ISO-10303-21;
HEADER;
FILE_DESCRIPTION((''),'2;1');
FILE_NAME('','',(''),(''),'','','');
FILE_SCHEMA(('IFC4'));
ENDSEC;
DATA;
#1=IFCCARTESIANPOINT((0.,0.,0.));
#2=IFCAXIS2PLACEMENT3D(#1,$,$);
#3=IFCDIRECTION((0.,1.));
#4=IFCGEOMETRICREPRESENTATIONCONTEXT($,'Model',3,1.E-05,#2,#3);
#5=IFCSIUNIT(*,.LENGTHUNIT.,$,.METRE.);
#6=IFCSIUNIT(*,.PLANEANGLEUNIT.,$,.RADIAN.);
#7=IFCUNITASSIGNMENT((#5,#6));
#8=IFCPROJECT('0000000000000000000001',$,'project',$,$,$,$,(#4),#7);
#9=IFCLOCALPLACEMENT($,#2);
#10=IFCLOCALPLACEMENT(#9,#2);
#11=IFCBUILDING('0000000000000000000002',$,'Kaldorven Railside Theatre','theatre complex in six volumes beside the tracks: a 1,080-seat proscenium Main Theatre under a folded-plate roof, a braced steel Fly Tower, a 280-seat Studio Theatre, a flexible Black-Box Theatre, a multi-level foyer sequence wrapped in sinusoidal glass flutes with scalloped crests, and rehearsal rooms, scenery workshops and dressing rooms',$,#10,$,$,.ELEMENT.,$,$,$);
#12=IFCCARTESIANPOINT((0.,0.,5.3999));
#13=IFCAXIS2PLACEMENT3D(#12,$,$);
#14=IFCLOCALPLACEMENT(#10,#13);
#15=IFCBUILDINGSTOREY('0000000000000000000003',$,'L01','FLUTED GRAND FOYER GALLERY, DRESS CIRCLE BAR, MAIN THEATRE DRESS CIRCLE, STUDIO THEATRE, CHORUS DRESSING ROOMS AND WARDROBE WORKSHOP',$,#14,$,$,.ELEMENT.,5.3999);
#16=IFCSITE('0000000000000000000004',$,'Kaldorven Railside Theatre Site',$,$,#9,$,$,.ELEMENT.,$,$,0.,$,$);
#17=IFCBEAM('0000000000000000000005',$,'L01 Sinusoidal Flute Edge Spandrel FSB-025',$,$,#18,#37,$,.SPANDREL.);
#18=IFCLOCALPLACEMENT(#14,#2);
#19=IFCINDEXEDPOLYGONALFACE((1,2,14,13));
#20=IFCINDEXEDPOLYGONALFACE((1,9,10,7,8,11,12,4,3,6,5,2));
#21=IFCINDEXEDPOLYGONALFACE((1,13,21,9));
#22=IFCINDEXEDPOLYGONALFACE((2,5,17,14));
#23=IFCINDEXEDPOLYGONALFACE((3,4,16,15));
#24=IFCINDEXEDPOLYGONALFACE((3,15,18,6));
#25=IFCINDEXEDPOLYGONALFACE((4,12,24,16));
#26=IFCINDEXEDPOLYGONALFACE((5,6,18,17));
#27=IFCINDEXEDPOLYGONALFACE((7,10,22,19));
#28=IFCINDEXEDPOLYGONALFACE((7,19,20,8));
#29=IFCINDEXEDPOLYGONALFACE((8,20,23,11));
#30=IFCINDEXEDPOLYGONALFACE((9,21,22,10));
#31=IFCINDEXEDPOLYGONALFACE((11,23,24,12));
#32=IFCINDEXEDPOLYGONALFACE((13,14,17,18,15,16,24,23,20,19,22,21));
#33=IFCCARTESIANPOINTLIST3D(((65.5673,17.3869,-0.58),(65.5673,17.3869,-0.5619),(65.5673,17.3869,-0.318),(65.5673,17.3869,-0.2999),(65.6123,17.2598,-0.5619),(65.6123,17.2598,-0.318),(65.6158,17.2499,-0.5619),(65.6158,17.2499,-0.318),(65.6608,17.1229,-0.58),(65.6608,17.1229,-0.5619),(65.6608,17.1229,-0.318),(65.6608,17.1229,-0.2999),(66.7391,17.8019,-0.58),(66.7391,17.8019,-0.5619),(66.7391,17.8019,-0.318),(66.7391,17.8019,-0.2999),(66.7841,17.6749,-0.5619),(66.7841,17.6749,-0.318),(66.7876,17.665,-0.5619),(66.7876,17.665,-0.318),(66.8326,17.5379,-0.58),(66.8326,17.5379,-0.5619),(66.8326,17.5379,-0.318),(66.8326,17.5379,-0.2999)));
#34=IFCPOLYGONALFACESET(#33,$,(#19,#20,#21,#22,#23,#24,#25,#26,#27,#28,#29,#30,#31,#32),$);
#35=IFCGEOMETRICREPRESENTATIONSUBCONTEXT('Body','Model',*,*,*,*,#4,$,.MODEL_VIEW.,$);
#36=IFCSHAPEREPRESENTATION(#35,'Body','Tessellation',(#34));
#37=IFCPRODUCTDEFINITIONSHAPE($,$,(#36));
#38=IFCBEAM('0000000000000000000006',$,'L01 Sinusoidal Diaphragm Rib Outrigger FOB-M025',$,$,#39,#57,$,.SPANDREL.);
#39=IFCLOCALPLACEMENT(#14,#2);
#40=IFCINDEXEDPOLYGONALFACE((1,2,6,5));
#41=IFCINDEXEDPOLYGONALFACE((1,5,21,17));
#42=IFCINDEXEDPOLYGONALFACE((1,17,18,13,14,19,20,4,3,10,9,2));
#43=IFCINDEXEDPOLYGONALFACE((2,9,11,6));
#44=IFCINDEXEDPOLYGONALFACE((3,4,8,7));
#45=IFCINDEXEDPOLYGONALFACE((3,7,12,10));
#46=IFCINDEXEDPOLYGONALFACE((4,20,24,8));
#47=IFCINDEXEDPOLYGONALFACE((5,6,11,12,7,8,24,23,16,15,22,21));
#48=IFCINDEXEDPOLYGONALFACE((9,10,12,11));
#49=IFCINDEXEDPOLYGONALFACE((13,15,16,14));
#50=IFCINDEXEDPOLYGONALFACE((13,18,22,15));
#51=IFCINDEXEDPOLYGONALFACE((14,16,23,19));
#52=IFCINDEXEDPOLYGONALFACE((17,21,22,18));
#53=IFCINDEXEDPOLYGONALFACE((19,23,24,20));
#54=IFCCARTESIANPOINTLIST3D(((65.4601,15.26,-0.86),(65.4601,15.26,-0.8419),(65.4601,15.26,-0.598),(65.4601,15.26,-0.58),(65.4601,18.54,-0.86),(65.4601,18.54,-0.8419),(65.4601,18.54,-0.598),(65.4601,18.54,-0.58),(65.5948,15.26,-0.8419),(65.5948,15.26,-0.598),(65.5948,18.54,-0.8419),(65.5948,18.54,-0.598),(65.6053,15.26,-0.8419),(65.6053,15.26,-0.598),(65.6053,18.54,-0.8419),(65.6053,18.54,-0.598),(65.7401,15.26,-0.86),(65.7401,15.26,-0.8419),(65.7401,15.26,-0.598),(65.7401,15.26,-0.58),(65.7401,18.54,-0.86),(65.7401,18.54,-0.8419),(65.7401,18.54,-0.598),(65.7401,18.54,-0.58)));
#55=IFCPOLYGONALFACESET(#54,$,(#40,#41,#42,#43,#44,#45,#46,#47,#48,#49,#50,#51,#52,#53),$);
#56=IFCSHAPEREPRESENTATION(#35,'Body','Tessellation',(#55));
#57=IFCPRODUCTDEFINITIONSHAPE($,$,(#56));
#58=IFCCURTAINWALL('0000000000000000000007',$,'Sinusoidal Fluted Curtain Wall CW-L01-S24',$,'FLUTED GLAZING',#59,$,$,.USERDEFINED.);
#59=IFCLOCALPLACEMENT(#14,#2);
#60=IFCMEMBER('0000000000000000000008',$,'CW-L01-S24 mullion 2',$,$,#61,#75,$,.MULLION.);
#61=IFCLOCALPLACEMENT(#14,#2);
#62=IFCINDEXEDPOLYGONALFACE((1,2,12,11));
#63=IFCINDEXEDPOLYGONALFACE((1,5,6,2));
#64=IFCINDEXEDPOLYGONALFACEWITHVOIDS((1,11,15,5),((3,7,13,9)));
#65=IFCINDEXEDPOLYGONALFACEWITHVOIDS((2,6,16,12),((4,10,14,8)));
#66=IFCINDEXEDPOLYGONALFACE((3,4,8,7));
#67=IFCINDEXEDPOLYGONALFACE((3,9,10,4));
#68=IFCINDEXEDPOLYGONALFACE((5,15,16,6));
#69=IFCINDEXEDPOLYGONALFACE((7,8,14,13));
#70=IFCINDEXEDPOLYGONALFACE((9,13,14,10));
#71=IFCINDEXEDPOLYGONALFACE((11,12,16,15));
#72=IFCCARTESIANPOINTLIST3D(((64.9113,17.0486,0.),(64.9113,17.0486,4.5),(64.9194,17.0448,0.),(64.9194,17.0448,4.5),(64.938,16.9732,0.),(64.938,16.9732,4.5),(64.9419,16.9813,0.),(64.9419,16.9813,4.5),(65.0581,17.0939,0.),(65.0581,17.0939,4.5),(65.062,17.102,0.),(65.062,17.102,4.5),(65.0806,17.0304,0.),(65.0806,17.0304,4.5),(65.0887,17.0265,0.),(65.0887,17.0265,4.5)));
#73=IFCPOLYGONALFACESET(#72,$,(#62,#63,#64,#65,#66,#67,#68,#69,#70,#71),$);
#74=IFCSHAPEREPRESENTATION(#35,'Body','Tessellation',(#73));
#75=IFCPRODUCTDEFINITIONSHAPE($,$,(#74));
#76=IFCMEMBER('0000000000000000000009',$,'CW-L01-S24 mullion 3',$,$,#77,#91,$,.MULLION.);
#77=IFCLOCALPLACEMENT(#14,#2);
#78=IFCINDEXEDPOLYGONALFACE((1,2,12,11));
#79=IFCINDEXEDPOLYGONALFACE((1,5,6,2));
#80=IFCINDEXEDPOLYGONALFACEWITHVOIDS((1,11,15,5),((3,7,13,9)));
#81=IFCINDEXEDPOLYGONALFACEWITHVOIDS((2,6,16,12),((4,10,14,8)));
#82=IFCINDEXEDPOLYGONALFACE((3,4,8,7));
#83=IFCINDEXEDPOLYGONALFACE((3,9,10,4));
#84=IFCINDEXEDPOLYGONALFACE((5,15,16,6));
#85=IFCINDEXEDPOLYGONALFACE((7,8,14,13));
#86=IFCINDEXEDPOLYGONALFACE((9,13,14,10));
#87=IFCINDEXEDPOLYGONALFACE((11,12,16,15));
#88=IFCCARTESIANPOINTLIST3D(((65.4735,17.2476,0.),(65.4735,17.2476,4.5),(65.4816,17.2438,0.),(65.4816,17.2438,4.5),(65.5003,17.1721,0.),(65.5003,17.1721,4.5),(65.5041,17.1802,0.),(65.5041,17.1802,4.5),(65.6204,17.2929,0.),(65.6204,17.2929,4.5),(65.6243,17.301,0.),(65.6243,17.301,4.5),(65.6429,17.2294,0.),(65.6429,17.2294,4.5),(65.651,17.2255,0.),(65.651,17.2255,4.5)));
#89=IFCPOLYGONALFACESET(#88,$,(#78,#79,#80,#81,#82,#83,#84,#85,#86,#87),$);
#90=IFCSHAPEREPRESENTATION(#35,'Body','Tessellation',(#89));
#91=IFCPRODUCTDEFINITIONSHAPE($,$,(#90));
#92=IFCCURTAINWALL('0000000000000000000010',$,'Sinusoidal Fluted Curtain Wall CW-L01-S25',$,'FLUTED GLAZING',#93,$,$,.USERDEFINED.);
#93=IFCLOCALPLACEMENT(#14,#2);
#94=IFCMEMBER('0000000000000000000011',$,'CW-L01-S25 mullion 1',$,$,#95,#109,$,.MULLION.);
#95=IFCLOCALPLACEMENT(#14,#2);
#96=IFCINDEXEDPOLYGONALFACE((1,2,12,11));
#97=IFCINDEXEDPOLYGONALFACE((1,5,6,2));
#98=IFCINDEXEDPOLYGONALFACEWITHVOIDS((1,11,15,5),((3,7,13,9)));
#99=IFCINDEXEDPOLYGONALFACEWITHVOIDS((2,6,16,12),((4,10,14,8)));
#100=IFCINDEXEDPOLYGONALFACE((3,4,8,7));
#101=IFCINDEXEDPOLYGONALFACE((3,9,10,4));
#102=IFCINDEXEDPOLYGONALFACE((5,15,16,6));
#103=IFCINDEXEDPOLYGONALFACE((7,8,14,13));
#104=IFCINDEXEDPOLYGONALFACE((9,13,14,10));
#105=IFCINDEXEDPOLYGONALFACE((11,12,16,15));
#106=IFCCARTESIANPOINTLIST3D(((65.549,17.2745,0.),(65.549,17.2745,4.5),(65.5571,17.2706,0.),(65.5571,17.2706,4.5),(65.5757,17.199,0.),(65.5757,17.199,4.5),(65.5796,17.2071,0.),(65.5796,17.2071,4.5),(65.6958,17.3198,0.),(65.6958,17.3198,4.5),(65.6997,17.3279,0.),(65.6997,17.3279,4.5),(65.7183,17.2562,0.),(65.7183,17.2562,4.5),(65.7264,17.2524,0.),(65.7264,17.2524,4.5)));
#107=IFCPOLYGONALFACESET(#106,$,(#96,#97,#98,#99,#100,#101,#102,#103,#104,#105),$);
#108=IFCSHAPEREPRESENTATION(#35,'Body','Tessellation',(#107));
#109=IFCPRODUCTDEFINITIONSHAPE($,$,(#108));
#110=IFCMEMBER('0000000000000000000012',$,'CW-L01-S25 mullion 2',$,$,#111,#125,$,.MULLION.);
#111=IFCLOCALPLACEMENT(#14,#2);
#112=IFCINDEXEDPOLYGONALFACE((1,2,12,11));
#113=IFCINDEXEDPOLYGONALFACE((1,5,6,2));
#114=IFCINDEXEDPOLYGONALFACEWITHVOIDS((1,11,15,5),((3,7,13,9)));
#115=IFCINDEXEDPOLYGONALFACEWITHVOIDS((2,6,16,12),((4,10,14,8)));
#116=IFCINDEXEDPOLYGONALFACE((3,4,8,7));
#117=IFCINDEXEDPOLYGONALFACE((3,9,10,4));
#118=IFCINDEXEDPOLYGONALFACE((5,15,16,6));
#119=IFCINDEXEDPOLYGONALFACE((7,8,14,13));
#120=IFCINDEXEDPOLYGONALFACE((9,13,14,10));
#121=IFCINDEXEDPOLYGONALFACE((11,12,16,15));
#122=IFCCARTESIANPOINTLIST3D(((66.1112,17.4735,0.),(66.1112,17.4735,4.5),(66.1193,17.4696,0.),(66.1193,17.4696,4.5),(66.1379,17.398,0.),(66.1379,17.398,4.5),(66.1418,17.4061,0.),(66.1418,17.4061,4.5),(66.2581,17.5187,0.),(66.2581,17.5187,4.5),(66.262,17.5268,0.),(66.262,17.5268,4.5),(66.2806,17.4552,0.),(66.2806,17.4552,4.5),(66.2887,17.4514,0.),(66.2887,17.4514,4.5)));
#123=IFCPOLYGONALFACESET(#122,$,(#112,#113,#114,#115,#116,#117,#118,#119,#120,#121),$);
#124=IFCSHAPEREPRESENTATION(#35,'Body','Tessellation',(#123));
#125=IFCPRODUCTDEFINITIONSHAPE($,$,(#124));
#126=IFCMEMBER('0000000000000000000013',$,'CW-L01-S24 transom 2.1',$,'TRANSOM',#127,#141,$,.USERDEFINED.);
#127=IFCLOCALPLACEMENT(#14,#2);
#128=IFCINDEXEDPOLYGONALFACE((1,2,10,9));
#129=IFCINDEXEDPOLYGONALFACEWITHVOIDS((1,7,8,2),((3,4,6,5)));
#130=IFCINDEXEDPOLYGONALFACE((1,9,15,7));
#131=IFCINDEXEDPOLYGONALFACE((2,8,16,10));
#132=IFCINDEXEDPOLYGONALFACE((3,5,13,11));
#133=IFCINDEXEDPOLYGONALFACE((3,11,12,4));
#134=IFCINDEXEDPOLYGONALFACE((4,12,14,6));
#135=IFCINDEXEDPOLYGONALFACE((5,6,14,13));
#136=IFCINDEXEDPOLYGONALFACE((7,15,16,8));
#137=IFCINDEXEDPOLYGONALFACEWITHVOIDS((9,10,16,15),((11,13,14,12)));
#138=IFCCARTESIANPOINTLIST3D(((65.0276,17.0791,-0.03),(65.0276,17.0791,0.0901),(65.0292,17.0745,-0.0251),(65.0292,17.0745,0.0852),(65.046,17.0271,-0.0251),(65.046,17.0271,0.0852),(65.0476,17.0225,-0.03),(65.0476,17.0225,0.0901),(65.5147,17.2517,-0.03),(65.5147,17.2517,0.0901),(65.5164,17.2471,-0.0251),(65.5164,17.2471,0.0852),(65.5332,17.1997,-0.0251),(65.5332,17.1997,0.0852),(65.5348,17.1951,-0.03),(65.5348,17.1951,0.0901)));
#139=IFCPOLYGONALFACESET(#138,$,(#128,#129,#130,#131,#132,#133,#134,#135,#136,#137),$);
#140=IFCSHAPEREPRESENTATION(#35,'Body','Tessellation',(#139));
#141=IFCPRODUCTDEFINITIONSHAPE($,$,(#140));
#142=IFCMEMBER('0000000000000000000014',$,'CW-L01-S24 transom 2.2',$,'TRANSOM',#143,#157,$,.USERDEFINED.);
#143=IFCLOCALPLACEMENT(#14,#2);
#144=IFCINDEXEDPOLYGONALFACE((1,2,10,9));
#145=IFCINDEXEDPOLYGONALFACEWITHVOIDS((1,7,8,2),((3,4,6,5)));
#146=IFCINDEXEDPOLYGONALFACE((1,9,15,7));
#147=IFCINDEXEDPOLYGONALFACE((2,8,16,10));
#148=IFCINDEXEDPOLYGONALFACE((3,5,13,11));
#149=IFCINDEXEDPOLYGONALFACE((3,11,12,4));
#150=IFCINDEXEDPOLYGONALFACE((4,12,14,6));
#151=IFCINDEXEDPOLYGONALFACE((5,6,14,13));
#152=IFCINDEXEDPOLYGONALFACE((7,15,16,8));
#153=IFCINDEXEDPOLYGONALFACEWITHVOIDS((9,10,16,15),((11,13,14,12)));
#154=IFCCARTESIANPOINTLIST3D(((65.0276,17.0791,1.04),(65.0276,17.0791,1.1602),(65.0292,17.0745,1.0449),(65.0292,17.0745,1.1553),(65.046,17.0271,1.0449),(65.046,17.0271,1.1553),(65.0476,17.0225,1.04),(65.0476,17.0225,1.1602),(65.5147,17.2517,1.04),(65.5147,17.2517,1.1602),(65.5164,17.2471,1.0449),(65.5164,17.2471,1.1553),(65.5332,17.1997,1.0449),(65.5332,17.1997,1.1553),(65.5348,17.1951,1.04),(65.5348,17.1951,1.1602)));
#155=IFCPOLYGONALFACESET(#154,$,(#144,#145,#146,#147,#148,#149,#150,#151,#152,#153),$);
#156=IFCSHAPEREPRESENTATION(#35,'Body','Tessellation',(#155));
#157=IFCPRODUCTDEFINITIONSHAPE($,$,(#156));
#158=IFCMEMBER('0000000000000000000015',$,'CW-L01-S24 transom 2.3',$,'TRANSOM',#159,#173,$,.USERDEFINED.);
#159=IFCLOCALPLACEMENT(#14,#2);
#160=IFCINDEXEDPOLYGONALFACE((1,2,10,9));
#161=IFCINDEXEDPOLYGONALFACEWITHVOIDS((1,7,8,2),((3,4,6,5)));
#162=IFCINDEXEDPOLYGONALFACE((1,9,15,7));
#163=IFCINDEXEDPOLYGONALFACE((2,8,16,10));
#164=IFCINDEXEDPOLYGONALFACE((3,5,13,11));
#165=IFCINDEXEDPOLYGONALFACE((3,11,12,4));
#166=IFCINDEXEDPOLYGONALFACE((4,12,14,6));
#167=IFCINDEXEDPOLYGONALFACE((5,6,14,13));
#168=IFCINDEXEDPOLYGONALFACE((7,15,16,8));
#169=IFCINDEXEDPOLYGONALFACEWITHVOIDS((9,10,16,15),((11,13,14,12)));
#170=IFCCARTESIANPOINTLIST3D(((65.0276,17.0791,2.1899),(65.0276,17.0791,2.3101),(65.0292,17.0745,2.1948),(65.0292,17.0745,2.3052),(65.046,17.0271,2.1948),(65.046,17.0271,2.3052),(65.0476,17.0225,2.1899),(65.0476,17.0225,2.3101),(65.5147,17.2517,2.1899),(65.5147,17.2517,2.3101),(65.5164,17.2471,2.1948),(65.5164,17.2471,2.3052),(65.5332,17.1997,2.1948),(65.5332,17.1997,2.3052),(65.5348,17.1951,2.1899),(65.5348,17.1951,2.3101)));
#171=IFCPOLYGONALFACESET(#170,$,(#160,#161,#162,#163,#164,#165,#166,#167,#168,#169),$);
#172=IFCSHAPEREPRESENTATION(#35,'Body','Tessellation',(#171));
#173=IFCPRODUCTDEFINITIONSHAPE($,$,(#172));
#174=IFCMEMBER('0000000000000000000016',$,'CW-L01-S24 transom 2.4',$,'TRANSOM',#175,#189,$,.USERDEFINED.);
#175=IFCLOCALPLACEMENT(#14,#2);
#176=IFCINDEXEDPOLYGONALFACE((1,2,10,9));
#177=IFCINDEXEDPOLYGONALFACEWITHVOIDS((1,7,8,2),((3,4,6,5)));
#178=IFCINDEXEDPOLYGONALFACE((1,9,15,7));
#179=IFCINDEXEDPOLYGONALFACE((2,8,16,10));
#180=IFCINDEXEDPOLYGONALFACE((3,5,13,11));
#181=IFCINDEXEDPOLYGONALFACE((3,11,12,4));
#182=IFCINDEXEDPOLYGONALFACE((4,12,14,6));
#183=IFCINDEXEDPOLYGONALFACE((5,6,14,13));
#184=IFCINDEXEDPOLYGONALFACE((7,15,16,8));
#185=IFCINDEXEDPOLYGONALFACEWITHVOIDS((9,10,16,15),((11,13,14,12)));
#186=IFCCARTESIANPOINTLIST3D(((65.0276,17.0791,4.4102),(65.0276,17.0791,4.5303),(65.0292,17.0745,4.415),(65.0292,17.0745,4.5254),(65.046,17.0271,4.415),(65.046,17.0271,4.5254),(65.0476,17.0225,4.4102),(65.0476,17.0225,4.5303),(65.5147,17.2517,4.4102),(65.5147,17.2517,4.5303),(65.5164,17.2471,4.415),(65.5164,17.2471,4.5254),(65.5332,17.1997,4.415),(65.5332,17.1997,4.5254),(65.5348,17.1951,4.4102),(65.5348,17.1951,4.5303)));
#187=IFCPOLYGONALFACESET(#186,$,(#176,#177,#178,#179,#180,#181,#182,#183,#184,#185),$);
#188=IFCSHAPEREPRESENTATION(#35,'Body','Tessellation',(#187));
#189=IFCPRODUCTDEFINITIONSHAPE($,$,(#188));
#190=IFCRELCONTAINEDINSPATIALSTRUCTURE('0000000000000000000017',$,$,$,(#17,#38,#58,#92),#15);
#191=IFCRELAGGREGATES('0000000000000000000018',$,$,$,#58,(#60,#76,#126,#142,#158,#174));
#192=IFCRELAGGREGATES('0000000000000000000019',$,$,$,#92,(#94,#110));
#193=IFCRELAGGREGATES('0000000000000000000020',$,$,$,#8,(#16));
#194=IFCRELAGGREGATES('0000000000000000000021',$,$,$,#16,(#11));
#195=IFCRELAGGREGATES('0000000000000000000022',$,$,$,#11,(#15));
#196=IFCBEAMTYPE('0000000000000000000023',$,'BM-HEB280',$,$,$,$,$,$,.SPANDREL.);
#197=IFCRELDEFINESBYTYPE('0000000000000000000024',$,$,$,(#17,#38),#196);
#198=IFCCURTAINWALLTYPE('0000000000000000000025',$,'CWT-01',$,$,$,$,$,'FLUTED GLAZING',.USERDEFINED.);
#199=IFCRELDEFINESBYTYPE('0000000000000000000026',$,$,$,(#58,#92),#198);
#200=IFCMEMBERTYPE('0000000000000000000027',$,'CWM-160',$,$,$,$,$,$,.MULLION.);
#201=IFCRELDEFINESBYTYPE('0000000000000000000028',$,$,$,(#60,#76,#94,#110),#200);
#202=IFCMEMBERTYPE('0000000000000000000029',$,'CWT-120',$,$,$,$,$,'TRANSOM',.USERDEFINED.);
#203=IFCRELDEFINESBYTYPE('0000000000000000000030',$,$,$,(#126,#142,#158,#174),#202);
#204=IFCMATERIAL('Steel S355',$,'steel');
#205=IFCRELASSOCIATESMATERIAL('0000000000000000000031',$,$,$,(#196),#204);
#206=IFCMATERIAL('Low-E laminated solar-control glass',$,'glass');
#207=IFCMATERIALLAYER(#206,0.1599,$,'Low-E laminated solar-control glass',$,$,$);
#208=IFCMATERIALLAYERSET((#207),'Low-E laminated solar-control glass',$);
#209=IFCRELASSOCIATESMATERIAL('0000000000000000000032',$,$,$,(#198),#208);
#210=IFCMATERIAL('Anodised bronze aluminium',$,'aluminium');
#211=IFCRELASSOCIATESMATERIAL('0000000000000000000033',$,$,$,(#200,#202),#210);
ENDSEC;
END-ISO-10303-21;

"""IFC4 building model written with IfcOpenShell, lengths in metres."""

from ifc_helpers import new_model, si_unit, direction, frame, origin, origin_2d, place, context, subcontext, project, spatial, hollow_rectangle, i_section, extrude, material, layer, layer_set, material_profile, profile_set, type_object, element, aggregate, save


model = new_model("IFC4")

# Units and contexts
model_context = context("Model", 3, precision=1e-05, world=origin(), true_north=direction((0.0, 1.0)))
body_context = subcontext(model_context, "Body", "Model", "MODEL_VIEW")
ifc_project = project(units=[si_unit("LENGTHUNIT", "METRE"), si_unit("PLANEANGLEUNIT", "RADIAN")], contexts=[model_context])

# Site, building, storey
site_placement = place(None, origin())
site = spatial("IfcSite", under=ifc_project, at=site_placement, Name="Kaldorven Railside Theatre Site", CompositionType="ELEMENT", RefElevation=0.0)
building_placement = place(site_placement, origin())
building = spatial("IfcBuilding", under=site, at=building_placement, Name="Kaldorven Railside Theatre", Description="theatre complex in six volumes beside the tracks: a 1,080-seat proscenium Main Theatre under a folded-plate roof, a braced steel Fly Tower, a 280-seat Studio Theatre, a flexible Black-Box Theatre, a multi-level foyer sequence wrapped in sinusoidal glass flutes with scalloped crests, and rehearsal rooms, scenery workshops and dressing rooms", CompositionType="ELEMENT")
storey_placement = place(building_placement, frame((0.0, 0.0, 5.3999)))
storey = spatial("IfcBuildingStorey", under=building, at=storey_placement, Name="L01", Description="FLUTED GRAND FOYER GALLERY, DRESS CIRCLE BAR, MAIN THEATRE DRESS CIRCLE, STUDIO THEATRE, CHORUS DRESSING ROOMS AND WARDROBE WORKSHOP", CompositionType="ELEMENT", Elevation=5.3999)

# Beams
ifc_material_1 = material(Name="Steel S355", Category="steel")
ifc_material_profile_1 = material_profile(ifc_material_1, i_section(OverallWidth=0.28, OverallDepth=0.28, WebThickness=0.0105, FlangeThickness=0.0181, at=origin_2d()), Name="HEB 280")
ifc_profile_set_1 = profile_set([ifc_material_profile_1], Name="Steel S355")
beam_type = type_object("IfcBeamType", Name="BM-HEB280", PredefinedType="SPANDREL", material=ifc_profile_set_1)
beam_1_placement = place(storey_placement, frame((65.614, 17.2549, -0.4399), z_axis=(0.942627, 0.333847, 0.0), x_axis=(-0.333847, 0.942627, 0.0)))
element("IfcBeam", 1, at=beam_1_placement, inside=storey, type_object=beam_type, Name="L01 Sinusoidal Flute Edge Spandrel FSB-025", PredefinedType="SPANDREL", context=body_context, shape_type="SweptSolid", body=[
    extrude(i_section(OverallWidth=0.28, OverallDepth=0.28, WebThickness=0.0105, FlangeThickness=0.0181, at=origin_2d()), origin(), (0.0, 0.0, 1.0), 1.2432),
])
beam_2_placement = place(storey_placement, frame((65.6001, 15.26, -0.72), z_axis=(0.0, 1.0, 0.0), x_axis=(-1.0, 0.0, 0.0)))
element("IfcBeam", 2, at=beam_2_placement, inside=storey, type_object=beam_type, Name="L01 Sinusoidal Diaphragm Rib Outrigger FOB-M025", PredefinedType="SPANDREL", context=body_context, shape_type="SweptSolid", body=[
    extrude(i_section(OverallWidth=0.28, OverallDepth=0.28, WebThickness=0.0105, FlangeThickness=0.0181, at=origin_2d()), origin(), (0.0, 0.0, 1.0), 3.28),
])

# Curtain walls, members
ifc_material_2 = material(Name="Low-E laminated solar-control glass", Category="glass")
ifc_layer_1 = layer(ifc_material_2, 0.1599, Name="Low-E laminated solar-control glass")
ifc_layer_set_1 = layer_set([ifc_layer_1], Name="Low-E laminated solar-control glass")
curtain_wall_type = type_object("IfcCurtainWallType", Name="CWT-01", ElementType="FLUTED GLAZING", PredefinedType="USERDEFINED", material=ifc_layer_set_1)
curtain_wall_1_placement = place(storey_placement, origin())
curtain_wall_1 = element("IfcCurtainWall", 3, at=curtain_wall_1_placement, inside=storey, type_object=curtain_wall_type, Name="Sinusoidal Fluted Curtain Wall CW-L01-S24", ObjectType="FLUTED GLAZING", PredefinedType="USERDEFINED")
ifc_material_3 = material(Name="Anodised bronze aluminium", Category="aluminium")
ifc_material_profile_2 = material_profile(ifc_material_3, hollow_rectangle(XDim=0.0801, YDim=0.1599, WallThickness=0.0063, at=origin_2d()), Name="RHS 160x80x6.3")
ifc_profile_set_2 = profile_set([ifc_material_profile_2], Name="Anodised bronze aluminium")
member_type_1 = type_object("IfcMemberType", Name="CWM-160", PredefinedType="MULLION", material=ifc_profile_set_2)
member_1_placement = place(storey_placement, frame((65.0, 17.0376, 0.0), z_axis=(0.0, 0.0, 1.0), x_axis=(-0.333847, 0.942627, 0.0)))
member_1 = element("IfcMember", 4, at=member_1_placement, type_object=member_type_1, Name="CW-L01-S24 mullion 2", PredefinedType="MULLION", context=body_context, shape_type="SweptSolid", body=[
    extrude(hollow_rectangle(XDim=0.0801, YDim=0.1599, WallThickness=0.0063, at=origin_2d()), origin(), (0.0, 0.0, 1.0), 4.5),
])
member_2_placement = place(storey_placement, frame((65.5623, 17.2366, 0.0), z_axis=(0.0, 0.0, 1.0), x_axis=(-0.333847, 0.942627, 0.0)))
member_2 = element("IfcMember", 5, at=member_2_placement, type_object=member_type_1, Name="CW-L01-S24 mullion 3", PredefinedType="MULLION", context=body_context, shape_type="SweptSolid", body=[
    extrude(hollow_rectangle(XDim=0.0801, YDim=0.1599, WallThickness=0.0063, at=origin_2d()), origin(), (0.0, 0.0, 1.0), 4.5),
])
curtain_wall_2_placement = place(storey_placement, origin())
curtain_wall_2 = element("IfcCurtainWall", 6, at=curtain_wall_2_placement, inside=storey, type_object=curtain_wall_type, Name="Sinusoidal Fluted Curtain Wall CW-L01-S25", ObjectType="FLUTED GLAZING", PredefinedType="USERDEFINED")
member_3_placement = place(storey_placement, frame((65.6377, 17.2634, 0.0), z_axis=(0.0, 0.0, 1.0), x_axis=(-0.333847, 0.942627, 0.0)))
member_3 = element("IfcMember", 7, at=member_3_placement, type_object=member_type_1, Name="CW-L01-S25 mullion 1", PredefinedType="MULLION", context=body_context, shape_type="SweptSolid", body=[
    extrude(hollow_rectangle(XDim=0.0801, YDim=0.1599, WallThickness=0.0063, at=origin_2d()), origin(), (0.0, 0.0, 1.0), 4.5),
])
member_4_placement = place(storey_placement, frame((66.2, 17.4624, 0.0), z_axis=(0.0, 0.0, 1.0), x_axis=(-0.333847, 0.942627, 0.0)))
member_4 = element("IfcMember", 8, at=member_4_placement, type_object=member_type_1, Name="CW-L01-S25 mullion 2", PredefinedType="MULLION", context=body_context, shape_type="SweptSolid", body=[
    extrude(hollow_rectangle(XDim=0.0801, YDim=0.1599, WallThickness=0.0063, at=origin_2d()), origin(), (0.0, 0.0, 1.0), 4.5),
])

# Members
ifc_material_profile_3 = material_profile(ifc_material_3, hollow_rectangle(XDim=0.0601, YDim=0.1201, WallThickness=0.0049, at=origin_2d()), Name="RHS 120x60x5")
ifc_profile_set_3 = profile_set([ifc_material_profile_3], Name="Anodised bronze aluminium")
member_type_2 = type_object("IfcMemberType", Name="CWT-120", ElementType="TRANSOM", PredefinedType="USERDEFINED", material=ifc_profile_set_3)
member_5_placement = place(storey_placement, frame((65.0376, 17.0508, 0.03), z_axis=(0.942562, 0.334031, 0.0), x_axis=(-0.334031, 0.942562, 0.0)))
member_5 = element("IfcMember", 9, at=member_5_placement, type_object=member_type_2, Name="CW-L01-S24 transom 2.1", ObjectType="TRANSOM", PredefinedType="USERDEFINED", context=body_context, shape_type="SweptSolid", body=[
    extrude(hollow_rectangle(XDim=0.0601, YDim=0.1201, WallThickness=0.0049, at=origin_2d()), origin(), (0.0, 0.0, 1.0), 0.5168),
])
member_6_placement = place(storey_placement, frame((65.0376, 17.0508, 1.1001), z_axis=(0.942562, 0.334031, 0.0), x_axis=(-0.334031, 0.942562, 0.0)))
member_6 = element("IfcMember", 10, at=member_6_placement, type_object=member_type_2, Name="CW-L01-S24 transom 2.2", ObjectType="TRANSOM", PredefinedType="USERDEFINED", context=body_context, shape_type="SweptSolid", body=[
    extrude(hollow_rectangle(XDim=0.0601, YDim=0.1201, WallThickness=0.0049, at=origin_2d()), origin(), (0.0, 0.0, 1.0), 0.5168),
])
member_7_placement = place(storey_placement, frame((65.0376, 17.0508, 2.25), z_axis=(0.942562, 0.334031, 0.0), x_axis=(-0.334031, 0.942562, 0.0)))
member_7 = element("IfcMember", 11, at=member_7_placement, type_object=member_type_2, Name="CW-L01-S24 transom 2.3", ObjectType="TRANSOM", PredefinedType="USERDEFINED", context=body_context, shape_type="SweptSolid", body=[
    extrude(hollow_rectangle(XDim=0.0601, YDim=0.1201, WallThickness=0.0049, at=origin_2d()), origin(), (0.0, 0.0, 1.0), 0.5168),
])
member_8_placement = place(storey_placement, frame((65.0376, 17.0508, 4.4702), z_axis=(0.942562, 0.334031, 0.0), x_axis=(-0.334031, 0.942562, 0.0)))
member_8 = element("IfcMember", 12, at=member_8_placement, type_object=member_type_2, Name="CW-L01-S24 transom 2.4", ObjectType="TRANSOM", PredefinedType="USERDEFINED", context=body_context, shape_type="SweptSolid", body=[
    extrude(hollow_rectangle(XDim=0.0601, YDim=0.1201, WallThickness=0.0049, at=origin_2d()), origin(), (0.0, 0.0, 1.0), 0.5168),
])

aggregate(curtain_wall_1, [member_1, member_2, member_5, member_6, member_7, member_8])
aggregate(curtain_wall_2, [member_3, member_4])

save(model, "model.ifc")
